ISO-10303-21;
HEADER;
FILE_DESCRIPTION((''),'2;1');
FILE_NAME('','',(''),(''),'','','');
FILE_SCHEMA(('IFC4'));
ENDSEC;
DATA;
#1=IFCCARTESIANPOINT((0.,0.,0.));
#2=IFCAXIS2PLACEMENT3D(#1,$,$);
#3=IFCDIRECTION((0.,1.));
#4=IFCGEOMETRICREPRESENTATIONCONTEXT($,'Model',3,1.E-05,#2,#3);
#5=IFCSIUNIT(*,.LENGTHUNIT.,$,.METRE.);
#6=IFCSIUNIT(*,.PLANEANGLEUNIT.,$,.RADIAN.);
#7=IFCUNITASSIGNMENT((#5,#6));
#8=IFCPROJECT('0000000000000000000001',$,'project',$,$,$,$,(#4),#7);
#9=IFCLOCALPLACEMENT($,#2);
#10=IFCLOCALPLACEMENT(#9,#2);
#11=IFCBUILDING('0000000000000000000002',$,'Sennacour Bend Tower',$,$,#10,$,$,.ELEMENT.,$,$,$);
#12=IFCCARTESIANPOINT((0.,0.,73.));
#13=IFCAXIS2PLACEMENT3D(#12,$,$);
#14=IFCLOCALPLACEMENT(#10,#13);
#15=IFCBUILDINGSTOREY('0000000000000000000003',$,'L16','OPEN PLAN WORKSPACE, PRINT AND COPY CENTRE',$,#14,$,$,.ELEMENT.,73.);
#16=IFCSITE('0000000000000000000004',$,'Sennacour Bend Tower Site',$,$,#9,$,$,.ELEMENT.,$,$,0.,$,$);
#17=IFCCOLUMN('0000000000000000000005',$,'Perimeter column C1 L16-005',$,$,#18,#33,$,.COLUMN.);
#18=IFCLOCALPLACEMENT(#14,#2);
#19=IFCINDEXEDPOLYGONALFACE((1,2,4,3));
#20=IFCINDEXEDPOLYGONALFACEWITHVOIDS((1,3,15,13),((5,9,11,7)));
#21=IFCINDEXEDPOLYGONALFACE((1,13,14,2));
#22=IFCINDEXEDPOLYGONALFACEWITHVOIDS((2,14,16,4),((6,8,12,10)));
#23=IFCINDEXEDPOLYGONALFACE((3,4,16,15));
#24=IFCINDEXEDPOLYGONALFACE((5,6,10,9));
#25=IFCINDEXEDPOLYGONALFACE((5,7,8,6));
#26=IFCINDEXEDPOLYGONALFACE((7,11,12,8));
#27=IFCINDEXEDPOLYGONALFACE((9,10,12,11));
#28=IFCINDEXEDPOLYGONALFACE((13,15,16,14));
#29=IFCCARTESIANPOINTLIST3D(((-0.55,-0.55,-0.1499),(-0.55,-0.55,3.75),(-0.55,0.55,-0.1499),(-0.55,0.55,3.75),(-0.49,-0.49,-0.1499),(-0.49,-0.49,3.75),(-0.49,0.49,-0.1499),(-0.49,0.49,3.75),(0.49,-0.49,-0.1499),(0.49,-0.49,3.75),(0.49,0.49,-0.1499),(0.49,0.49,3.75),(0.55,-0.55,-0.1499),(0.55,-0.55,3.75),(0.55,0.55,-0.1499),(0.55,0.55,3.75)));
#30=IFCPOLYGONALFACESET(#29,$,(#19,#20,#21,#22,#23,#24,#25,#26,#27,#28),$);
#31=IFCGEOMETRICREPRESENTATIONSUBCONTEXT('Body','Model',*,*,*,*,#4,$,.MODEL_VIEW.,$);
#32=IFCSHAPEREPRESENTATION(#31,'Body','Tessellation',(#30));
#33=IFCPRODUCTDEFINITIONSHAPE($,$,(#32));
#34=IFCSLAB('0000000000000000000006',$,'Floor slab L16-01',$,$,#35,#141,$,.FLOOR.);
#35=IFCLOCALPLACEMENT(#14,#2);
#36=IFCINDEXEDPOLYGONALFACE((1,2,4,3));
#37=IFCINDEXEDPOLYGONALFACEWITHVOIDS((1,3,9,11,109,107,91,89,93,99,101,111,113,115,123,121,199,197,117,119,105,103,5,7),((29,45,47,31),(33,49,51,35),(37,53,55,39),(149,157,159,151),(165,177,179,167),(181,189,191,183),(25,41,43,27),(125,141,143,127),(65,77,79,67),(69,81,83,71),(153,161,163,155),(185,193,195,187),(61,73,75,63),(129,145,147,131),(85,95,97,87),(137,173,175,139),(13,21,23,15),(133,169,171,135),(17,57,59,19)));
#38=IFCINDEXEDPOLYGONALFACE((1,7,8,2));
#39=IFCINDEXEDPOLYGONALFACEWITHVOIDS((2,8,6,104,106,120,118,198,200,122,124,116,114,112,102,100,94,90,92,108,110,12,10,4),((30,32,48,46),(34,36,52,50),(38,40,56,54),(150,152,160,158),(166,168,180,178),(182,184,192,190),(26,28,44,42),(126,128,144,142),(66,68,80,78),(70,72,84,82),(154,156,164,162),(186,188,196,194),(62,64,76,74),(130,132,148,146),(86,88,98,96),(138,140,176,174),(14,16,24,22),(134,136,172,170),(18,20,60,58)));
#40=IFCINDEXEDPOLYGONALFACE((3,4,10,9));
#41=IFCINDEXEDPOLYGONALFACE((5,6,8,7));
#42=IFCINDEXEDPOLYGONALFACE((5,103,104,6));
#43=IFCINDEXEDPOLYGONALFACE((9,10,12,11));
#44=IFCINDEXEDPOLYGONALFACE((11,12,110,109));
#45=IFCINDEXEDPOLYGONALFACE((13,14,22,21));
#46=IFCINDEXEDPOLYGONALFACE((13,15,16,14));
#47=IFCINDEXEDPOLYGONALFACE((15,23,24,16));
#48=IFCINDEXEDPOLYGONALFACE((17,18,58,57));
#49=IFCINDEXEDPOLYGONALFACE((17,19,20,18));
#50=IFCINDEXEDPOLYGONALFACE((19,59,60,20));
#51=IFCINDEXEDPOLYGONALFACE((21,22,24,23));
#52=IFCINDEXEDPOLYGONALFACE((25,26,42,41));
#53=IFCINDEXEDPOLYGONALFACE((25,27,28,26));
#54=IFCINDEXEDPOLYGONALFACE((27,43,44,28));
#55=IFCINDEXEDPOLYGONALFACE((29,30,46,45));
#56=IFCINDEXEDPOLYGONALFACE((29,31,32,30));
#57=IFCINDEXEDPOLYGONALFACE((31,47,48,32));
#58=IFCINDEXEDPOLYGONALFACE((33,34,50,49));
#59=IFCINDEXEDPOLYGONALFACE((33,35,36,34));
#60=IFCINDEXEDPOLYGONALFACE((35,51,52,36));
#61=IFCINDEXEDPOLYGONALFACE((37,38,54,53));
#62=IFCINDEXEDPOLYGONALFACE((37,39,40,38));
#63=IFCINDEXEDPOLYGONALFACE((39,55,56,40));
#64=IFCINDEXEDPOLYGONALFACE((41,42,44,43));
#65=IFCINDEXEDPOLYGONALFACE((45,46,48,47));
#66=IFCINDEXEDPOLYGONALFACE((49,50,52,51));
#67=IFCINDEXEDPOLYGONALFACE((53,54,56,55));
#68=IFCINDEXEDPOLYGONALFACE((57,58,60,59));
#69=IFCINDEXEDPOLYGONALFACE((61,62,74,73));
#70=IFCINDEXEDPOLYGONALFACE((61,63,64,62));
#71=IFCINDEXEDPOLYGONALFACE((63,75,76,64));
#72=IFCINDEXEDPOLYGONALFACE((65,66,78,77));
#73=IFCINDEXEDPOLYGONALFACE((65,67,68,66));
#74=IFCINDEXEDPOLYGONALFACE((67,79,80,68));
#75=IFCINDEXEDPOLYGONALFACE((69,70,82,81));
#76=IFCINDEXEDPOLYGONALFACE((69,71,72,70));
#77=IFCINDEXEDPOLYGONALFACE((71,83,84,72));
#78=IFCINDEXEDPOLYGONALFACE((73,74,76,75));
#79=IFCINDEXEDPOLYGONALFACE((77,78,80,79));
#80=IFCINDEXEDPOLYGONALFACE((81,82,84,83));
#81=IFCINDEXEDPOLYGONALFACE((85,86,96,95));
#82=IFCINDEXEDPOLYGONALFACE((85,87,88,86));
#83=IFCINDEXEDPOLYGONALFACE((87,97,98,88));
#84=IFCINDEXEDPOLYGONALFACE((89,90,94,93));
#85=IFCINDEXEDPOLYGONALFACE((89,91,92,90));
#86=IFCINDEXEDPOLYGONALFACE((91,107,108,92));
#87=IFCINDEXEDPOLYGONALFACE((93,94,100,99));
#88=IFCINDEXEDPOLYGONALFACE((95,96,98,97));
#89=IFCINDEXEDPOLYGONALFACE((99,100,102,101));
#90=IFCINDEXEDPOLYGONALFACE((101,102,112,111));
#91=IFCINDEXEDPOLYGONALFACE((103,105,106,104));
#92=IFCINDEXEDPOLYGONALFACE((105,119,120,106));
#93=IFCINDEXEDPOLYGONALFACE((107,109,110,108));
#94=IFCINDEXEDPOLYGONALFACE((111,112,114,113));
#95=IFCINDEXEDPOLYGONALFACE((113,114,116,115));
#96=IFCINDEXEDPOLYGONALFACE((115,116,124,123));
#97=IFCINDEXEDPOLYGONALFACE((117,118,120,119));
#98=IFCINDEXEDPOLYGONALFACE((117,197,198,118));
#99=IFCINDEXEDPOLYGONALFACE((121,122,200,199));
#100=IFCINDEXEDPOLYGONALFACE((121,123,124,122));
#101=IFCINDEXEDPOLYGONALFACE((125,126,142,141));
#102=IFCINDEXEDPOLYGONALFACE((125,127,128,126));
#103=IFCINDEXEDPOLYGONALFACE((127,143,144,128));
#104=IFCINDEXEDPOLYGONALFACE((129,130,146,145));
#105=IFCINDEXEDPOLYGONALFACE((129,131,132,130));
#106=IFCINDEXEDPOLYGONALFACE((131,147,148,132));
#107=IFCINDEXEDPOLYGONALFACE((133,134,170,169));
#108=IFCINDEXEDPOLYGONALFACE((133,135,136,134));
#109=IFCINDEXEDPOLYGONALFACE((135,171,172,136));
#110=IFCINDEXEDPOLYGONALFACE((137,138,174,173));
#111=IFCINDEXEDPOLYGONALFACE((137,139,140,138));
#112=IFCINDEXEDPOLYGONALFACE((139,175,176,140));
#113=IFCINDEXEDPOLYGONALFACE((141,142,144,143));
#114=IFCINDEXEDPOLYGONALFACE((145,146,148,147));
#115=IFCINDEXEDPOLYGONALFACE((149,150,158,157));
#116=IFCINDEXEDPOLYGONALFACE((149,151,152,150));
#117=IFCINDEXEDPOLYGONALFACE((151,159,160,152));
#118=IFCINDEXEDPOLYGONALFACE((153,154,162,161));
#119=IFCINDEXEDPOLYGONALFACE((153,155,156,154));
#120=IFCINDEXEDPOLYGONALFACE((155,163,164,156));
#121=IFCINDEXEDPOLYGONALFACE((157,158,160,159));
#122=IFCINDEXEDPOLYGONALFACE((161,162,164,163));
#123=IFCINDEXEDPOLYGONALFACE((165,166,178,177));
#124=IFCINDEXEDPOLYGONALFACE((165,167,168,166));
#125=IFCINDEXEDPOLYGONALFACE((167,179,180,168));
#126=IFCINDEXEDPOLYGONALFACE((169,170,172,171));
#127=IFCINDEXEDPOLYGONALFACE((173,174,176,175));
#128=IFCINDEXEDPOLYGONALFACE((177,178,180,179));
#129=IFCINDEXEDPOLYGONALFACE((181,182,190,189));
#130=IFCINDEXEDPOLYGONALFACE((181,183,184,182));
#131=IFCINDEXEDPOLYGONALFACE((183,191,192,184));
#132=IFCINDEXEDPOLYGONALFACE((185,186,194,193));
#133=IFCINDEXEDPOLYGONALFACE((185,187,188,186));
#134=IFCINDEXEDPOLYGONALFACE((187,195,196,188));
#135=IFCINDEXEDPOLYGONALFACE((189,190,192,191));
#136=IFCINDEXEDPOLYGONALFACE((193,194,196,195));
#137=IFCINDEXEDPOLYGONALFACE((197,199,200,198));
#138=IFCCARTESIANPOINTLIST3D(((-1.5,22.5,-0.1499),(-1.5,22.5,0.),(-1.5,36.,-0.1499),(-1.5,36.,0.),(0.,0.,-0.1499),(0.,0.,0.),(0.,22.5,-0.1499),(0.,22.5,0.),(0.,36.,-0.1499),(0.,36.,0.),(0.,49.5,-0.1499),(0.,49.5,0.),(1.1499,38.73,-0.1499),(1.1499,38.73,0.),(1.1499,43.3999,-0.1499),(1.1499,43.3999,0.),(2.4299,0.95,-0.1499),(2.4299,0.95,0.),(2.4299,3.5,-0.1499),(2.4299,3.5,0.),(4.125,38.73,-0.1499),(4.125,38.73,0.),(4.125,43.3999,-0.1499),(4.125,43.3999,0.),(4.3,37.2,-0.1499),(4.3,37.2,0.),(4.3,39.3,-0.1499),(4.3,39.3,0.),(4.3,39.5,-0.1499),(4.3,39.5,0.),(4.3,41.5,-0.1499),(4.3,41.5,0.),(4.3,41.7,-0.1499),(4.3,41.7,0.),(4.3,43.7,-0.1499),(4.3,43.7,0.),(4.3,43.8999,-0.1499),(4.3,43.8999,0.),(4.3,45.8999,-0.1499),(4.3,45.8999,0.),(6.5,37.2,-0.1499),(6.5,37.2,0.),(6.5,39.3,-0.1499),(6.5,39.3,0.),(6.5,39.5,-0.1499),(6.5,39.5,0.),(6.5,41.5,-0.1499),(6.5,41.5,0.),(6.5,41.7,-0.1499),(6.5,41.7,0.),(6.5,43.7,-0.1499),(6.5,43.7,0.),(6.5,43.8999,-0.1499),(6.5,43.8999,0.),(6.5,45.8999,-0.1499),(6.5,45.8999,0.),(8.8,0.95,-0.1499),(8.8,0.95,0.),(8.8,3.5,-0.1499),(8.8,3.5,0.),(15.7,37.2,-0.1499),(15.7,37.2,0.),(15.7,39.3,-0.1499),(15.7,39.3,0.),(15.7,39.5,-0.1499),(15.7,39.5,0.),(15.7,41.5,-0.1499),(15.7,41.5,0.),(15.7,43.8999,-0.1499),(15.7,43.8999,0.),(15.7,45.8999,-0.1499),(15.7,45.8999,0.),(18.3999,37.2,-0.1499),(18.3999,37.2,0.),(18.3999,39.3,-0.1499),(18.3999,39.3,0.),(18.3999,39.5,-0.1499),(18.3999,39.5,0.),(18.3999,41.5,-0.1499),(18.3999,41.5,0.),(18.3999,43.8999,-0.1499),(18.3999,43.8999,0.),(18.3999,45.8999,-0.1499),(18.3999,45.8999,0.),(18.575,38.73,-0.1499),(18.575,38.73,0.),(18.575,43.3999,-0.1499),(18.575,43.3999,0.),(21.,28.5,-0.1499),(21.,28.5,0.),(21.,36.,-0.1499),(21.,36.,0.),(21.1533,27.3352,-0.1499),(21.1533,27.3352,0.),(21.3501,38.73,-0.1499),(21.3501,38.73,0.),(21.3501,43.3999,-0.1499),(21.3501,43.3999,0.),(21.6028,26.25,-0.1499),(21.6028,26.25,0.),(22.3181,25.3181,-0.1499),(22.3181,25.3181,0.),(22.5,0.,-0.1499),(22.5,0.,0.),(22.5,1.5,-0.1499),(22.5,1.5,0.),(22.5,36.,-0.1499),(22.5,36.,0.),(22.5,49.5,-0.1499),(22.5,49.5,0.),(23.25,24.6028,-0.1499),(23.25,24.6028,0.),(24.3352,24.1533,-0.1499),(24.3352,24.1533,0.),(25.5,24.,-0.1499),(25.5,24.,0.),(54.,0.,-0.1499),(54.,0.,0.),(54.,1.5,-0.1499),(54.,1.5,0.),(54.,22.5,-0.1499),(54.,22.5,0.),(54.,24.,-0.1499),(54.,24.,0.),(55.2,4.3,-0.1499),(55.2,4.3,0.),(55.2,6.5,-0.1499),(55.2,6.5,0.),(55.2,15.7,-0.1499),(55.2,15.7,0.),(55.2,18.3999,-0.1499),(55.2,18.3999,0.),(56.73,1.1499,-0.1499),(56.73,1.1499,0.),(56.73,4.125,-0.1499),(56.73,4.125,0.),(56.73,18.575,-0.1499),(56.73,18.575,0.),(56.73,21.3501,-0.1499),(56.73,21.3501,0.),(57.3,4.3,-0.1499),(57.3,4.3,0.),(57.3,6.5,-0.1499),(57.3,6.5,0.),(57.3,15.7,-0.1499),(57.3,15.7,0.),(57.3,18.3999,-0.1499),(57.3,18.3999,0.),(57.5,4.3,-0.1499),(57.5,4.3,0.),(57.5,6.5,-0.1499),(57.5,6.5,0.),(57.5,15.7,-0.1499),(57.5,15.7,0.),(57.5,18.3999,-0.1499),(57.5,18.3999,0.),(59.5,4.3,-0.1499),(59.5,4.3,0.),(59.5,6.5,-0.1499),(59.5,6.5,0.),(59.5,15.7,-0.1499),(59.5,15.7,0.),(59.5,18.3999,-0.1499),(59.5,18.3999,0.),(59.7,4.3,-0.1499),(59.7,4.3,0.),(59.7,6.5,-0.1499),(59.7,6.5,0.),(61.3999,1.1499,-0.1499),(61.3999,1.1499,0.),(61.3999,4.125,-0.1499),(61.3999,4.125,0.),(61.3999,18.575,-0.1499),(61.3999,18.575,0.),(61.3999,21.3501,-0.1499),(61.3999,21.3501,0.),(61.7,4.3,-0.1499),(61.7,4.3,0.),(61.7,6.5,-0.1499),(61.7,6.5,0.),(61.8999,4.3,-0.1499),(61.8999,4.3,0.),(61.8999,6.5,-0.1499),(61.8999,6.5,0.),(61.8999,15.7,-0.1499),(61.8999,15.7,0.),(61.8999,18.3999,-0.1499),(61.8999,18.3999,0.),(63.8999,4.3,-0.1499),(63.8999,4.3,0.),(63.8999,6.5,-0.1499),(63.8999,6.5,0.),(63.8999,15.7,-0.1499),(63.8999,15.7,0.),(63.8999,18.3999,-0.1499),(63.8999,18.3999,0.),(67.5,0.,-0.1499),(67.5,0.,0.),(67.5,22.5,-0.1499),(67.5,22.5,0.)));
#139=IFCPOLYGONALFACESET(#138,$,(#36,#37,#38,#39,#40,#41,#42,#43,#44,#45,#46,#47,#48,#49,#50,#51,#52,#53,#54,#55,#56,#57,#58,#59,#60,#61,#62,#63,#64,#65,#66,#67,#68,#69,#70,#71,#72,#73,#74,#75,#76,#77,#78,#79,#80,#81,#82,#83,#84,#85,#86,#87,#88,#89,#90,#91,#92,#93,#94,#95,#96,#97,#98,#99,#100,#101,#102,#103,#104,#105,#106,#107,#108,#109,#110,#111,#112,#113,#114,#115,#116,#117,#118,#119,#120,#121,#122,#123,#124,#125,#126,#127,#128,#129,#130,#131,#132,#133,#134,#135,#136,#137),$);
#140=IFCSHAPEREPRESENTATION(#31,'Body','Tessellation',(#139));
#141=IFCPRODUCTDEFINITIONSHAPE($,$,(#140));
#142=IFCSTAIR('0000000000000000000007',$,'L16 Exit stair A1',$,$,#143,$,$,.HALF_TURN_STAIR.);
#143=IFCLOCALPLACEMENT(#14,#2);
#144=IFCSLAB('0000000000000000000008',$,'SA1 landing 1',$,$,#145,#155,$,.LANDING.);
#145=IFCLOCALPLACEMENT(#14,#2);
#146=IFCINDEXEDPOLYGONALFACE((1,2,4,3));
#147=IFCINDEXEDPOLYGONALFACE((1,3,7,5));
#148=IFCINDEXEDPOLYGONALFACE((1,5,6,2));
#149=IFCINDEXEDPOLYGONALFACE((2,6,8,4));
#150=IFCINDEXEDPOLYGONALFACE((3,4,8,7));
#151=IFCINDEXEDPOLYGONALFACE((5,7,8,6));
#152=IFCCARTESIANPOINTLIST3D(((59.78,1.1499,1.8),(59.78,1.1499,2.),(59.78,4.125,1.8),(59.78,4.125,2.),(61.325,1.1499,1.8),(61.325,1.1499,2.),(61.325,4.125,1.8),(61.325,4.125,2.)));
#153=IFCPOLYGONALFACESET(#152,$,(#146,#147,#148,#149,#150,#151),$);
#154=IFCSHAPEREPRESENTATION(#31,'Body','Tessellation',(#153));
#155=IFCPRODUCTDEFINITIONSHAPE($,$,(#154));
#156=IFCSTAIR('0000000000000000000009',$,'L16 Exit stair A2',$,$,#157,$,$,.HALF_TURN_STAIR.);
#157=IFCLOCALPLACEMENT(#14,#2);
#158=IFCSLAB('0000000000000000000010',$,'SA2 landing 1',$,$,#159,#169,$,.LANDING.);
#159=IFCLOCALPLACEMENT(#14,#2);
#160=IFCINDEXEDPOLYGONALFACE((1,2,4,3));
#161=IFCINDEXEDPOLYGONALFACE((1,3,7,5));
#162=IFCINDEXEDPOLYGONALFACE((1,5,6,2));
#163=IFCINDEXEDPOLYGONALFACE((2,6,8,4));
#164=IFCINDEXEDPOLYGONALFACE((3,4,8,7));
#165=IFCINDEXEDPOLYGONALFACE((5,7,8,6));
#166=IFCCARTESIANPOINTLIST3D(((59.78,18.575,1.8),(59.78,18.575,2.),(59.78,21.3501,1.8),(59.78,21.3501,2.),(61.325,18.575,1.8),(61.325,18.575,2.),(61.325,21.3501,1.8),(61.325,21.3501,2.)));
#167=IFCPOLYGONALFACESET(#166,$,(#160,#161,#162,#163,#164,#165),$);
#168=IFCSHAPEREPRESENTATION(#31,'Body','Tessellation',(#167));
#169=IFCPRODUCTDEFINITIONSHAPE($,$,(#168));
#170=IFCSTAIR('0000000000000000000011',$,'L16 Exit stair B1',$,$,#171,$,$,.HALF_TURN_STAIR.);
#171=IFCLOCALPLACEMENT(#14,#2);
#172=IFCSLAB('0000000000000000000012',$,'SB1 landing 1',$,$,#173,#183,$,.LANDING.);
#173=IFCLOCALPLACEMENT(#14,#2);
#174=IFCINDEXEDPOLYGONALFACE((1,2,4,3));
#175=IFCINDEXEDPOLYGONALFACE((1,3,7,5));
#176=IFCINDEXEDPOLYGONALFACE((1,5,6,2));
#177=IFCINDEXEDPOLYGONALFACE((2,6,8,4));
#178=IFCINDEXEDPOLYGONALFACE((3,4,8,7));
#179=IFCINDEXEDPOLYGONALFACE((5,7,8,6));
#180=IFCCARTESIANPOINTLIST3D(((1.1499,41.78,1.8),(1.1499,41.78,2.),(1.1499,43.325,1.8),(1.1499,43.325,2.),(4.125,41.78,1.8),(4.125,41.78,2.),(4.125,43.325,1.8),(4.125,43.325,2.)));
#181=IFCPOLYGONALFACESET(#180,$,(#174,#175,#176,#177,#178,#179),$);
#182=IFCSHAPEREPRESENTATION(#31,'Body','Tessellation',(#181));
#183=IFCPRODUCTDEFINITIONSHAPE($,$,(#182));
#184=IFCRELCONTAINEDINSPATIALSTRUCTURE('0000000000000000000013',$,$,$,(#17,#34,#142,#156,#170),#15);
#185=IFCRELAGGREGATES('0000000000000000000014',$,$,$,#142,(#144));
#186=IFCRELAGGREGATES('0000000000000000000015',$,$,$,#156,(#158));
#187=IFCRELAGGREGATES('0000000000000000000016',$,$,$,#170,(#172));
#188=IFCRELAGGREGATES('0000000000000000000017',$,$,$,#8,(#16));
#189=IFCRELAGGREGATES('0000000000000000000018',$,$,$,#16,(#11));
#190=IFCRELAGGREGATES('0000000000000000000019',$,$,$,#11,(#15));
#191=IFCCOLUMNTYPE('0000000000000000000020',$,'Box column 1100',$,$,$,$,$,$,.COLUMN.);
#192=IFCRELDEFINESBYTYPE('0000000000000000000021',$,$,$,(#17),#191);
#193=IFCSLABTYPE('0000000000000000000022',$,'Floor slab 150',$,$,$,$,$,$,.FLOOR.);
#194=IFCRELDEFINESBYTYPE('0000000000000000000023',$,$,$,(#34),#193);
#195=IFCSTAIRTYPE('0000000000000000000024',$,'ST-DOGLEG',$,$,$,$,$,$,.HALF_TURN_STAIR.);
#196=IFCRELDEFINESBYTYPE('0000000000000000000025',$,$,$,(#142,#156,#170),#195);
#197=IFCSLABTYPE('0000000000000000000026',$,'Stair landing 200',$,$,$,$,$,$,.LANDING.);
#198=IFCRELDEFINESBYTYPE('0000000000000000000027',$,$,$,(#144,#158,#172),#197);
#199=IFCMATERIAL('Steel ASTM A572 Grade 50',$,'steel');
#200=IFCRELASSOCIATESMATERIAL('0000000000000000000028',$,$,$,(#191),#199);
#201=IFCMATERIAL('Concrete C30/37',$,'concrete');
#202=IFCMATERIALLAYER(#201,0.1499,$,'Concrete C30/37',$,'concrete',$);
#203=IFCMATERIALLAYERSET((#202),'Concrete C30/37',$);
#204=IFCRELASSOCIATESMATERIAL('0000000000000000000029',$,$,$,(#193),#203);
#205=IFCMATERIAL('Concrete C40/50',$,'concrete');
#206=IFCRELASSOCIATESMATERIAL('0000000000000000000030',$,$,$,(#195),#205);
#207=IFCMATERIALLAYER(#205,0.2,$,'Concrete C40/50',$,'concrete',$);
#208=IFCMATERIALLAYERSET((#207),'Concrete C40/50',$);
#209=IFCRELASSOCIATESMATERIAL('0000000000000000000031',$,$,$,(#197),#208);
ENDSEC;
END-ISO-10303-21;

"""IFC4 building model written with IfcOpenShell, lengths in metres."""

from ifc_helpers import new_model, si_unit, direction, frame, origin, origin_2d, place, context, subcontext, project, spatial, polyline, hollow_rectangle, outline, extrude, material, layer, layer_set, material_profile, profile_set, type_object, element, aggregate, save


model = new_model("IFC4")

# Units and contexts
model_context = context("Model", 3, precision=1e-05, world=origin(), true_north=direction((0.0, 1.0)))
body_context = subcontext(model_context, "Body", "Model", "MODEL_VIEW")
ifc_project = project(units=[si_unit("LENGTHUNIT", "METRE"), si_unit("PLANEANGLEUNIT", "RADIAN")], contexts=[model_context])

# Site, building, storey
site_placement = place(None, origin())
site = spatial("IfcSite", under=ifc_project, at=site_placement, Name="Sennacour Bend Tower Site", CompositionType="ELEMENT", RefElevation=0.0)
building_placement = place(site_placement, origin())
building = spatial("IfcBuilding", under=site, at=building_placement, Name="Sennacour Bend Tower", CompositionType="ELEMENT")
storey_placement = place(building_placement, frame((0.0, 0.0, 73.0)))
storey = spatial("IfcBuildingStorey", under=building, at=storey_placement, Name="L16", Description="OPEN PLAN WORKSPACE, PRINT AND COPY CENTRE", CompositionType="ELEMENT", Elevation=73.0)

# Column
ifc_material_1 = material(Name="Steel ASTM A572 Grade 50", Category="steel")
ifc_material_profile = material_profile(ifc_material_1, hollow_rectangle(XDim=1.1001, YDim=1.1001, WallThickness=0.0601, at=origin_2d()), Name="Steel ASTM A572 Grade 50", Category="steel")
ifc_profile_set = profile_set([ifc_material_profile], Name="Steel ASTM A572 Grade 50")
column_type = type_object("IfcColumnType", Name="Box column 1100", PredefinedType="COLUMN", material=ifc_profile_set)
column_placement = place(storey_placement, frame((0.0, 0.0, -0.1499), z_axis=(0.0, 0.0, 1.0), x_axis=(1.0, 0.0, 0.0)))
element("IfcColumn", 1, at=column_placement, inside=storey, type_object=column_type, Name="Perimeter column C1 L16-005", PredefinedType="COLUMN", context=body_context, shape_type="SweptSolid", body=[
    extrude(hollow_rectangle(XDim=1.1001, YDim=1.1001, WallThickness=0.0601, at=origin_2d()), origin(), (0.0, 0.0, 1.0), 3.8999),
])

# Slab
ifc_material_2 = material(Name="Concrete C30/37", Category="concrete")
ifc_layer_1 = layer(ifc_material_2, 0.1499, Name="Concrete C30/37", Category="concrete")
ifc_layer_set_1 = layer_set([ifc_layer_1], Name="Concrete C30/37")
slab_type_1 = type_object("IfcSlabType", Name="Floor slab 150", PredefinedType="FLOOR", material=ifc_layer_set_1)
slab_1_placement = place(storey_placement, frame((0.0, 0.0, -0.1499)))
element("IfcSlab", 2, at=slab_1_placement, inside=storey, type_object=slab_type_1, Name="Floor slab L16-01", PredefinedType="FLOOR", context=body_context, shape_type="SweptSolid", body=[
    extrude(outline(polyline([(0.0, 22.5), (-1.5, 22.5), (-1.5, 36.0), (0.0, 36.0), (0.0, 49.5), (22.5, 49.5), (22.5, 36.0), (21.0, 36.0), (21.0, 28.5), (21.1533, 27.3352), (21.6028, 26.25), (22.3181, 25.3181), (23.25, 24.6028), (24.3352, 24.1533), (25.5, 24.0), (54.0, 24.0), (54.0, 22.5), (67.5, 22.5), (67.5, 0.0), (54.0, 0.0), (54.0, 1.5), (22.5, 1.5), (22.5, 0.0), (0.0, 0.0), (0.0, 22.5)]), holes=[polyline([(8.8, 0.95), (8.8, 3.5), (2.4299, 3.5), (2.4299, 0.95), (8.8, 0.95)]), polyline([(6.5, 37.2), (6.5, 39.3), (4.3, 39.3), (4.3, 37.2), (6.5, 37.2)]), polyline([(18.3999, 37.2), (18.3999, 39.3), (15.7, 39.3), (15.7, 37.2), (18.3999, 37.2)]), polyline([(6.5, 39.5), (6.5, 41.5), (4.3, 41.5), (4.3, 39.5), (6.5, 39.5)]), polyline([(18.3999, 39.5), (18.3999, 41.5), (15.7, 41.5), (15.7, 39.5), (18.3999, 39.5)]), polyline([(4.125, 38.73), (4.125, 43.3999), (1.1499, 43.3999), (1.1499, 38.73), (4.125, 38.73)]), polyline([(21.3501, 38.73), (21.3501, 43.3999), (18.575, 43.3999), (18.575, 38.73), (21.3501, 38.73)]), polyline([(4.3, 41.7), (6.5, 41.7), (6.5, 43.7), (4.3, 43.7), (4.3, 41.7)]), polyline([(4.3, 43.8999), (6.5, 43.8999), (6.5, 45.8999), (4.3, 45.8999), (4.3, 43.8999)]), polyline([(18.3999, 43.8999), (18.3999, 45.8999), (15.7, 45.8999), (15.7, 43.8999), (18.3999, 43.8999)]), polyline([(61.3999, 1.1499), (61.3999, 4.125), (56.73, 4.125), (56.73, 1.1499), (61.3999, 1.1499)]), polyline([(57.3, 4.3), (57.3, 6.5), (55.2, 6.5), (55.2, 4.3), (57.3, 4.3)]), polyline([(57.5, 4.3), (59.5, 4.3), (59.5, 6.5), (57.5, 6.5), (57.5, 4.3)]), polyline([(59.7, 4.3), (61.7, 4.3), (61.7, 6.5), (59.7, 6.5), (59.7, 4.3)]), polyline([(63.8999, 4.3), (63.8999, 6.5), (61.8999, 6.5), (61.8999, 4.3), (63.8999, 4.3)]), polyline([(57.3, 15.7), (57.3, 18.3999), (55.2, 18.3999), (55.2, 15.7), (57.3, 15.7)]), polyline([(59.5, 15.7), (59.5, 18.3999), (57.5, 18.3999), (57.5, 15.7), (59.5, 15.7)]), polyline([(61.8999, 15.7), (63.8999, 15.7), (63.8999, 18.3999), (61.8999, 18.3999), (61.8999, 15.7)]), polyline([(56.73, 18.575), (61.3999, 18.575), (61.3999, 21.3501), (56.73, 21.3501), (56.73, 18.575)])]), origin(), (0.0, 0.0, 1.0), 0.1499),
])

# Stairs, slabs
ifc_material_3 = material(Name="Concrete C40/50", Category="concrete")
stair_type = type_object("IfcStairType", Name="ST-DOGLEG", PredefinedType="HALF_TURN_STAIR", material=ifc_material_3)
stair_1_placement = place(storey_placement, origin())
stair_1 = element("IfcStair", 3, at=stair_1_placement, inside=storey, type_object=stair_type, Name="L16 Exit stair A1", PredefinedType="HALF_TURN_STAIR")
ifc_layer_2 = layer(ifc_material_3, 0.2, Name="Concrete C40/50", Category="concrete")
ifc_layer_set_2 = layer_set([ifc_layer_2], Name="Concrete C40/50")
slab_type_2 = type_object("IfcSlabType", Name="Stair landing 200", PredefinedType="LANDING", material=ifc_layer_set_2)
slab_2_placement = place(storey_placement, frame((0.0, 0.0, 1.8)))
slab_2 = element("IfcSlab", 4, at=slab_2_placement, type_object=slab_type_2, Name="SA1 landing 1", PredefinedType="LANDING", context=body_context, shape_type="SweptSolid", body=[
    extrude(outline(polyline([(59.78, 1.1499), (61.325, 1.1499), (61.325, 4.125), (59.78, 4.125), (59.78, 1.1499)])), origin(), (0.0, 0.0, 1.0), 0.2),
])
aggregate(stair_1, [slab_2])
stair_2_placement = place(storey_placement, origin())
stair_2 = element("IfcStair", 5, at=stair_2_placement, inside=storey, type_object=stair_type, Name="L16 Exit stair A2", PredefinedType="HALF_TURN_STAIR")
slab_3_placement = place(storey_placement, frame((0.0, 0.0, 1.8)))
slab_3 = element("IfcSlab", 6, at=slab_3_placement, type_object=slab_type_2, Name="SA2 landing 1", PredefinedType="LANDING", context=body_context, shape_type="SweptSolid", body=[
    extrude(outline(polyline([(59.78, 18.575), (61.325, 18.575), (61.325, 21.3501), (59.78, 21.3501), (59.78, 18.575)])), origin(), (0.0, 0.0, 1.0), 0.2),
])
aggregate(stair_2, [slab_3])
stair_3_placement = place(storey_placement, origin())
stair_3 = element("IfcStair", 7, at=stair_3_placement, inside=storey, type_object=stair_type, Name="L16 Exit stair B1", PredefinedType="HALF_TURN_STAIR")
slab_4_placement = place(storey_placement, frame((0.0, 0.0, 1.8)))
slab_4 = element("IfcSlab", 8, at=slab_4_placement, type_object=slab_type_2, Name="SB1 landing 1", PredefinedType="LANDING", context=body_context, shape_type="SweptSolid", body=[
    extrude(outline(polyline([(1.1499, 41.78), (4.125, 41.78), (4.125, 43.325), (1.1499, 43.325), (1.1499, 41.78)])), origin(), (0.0, 0.0, 1.0), 0.2),
])
aggregate(stair_3, [slab_4])

save(model, "model.ifc")
